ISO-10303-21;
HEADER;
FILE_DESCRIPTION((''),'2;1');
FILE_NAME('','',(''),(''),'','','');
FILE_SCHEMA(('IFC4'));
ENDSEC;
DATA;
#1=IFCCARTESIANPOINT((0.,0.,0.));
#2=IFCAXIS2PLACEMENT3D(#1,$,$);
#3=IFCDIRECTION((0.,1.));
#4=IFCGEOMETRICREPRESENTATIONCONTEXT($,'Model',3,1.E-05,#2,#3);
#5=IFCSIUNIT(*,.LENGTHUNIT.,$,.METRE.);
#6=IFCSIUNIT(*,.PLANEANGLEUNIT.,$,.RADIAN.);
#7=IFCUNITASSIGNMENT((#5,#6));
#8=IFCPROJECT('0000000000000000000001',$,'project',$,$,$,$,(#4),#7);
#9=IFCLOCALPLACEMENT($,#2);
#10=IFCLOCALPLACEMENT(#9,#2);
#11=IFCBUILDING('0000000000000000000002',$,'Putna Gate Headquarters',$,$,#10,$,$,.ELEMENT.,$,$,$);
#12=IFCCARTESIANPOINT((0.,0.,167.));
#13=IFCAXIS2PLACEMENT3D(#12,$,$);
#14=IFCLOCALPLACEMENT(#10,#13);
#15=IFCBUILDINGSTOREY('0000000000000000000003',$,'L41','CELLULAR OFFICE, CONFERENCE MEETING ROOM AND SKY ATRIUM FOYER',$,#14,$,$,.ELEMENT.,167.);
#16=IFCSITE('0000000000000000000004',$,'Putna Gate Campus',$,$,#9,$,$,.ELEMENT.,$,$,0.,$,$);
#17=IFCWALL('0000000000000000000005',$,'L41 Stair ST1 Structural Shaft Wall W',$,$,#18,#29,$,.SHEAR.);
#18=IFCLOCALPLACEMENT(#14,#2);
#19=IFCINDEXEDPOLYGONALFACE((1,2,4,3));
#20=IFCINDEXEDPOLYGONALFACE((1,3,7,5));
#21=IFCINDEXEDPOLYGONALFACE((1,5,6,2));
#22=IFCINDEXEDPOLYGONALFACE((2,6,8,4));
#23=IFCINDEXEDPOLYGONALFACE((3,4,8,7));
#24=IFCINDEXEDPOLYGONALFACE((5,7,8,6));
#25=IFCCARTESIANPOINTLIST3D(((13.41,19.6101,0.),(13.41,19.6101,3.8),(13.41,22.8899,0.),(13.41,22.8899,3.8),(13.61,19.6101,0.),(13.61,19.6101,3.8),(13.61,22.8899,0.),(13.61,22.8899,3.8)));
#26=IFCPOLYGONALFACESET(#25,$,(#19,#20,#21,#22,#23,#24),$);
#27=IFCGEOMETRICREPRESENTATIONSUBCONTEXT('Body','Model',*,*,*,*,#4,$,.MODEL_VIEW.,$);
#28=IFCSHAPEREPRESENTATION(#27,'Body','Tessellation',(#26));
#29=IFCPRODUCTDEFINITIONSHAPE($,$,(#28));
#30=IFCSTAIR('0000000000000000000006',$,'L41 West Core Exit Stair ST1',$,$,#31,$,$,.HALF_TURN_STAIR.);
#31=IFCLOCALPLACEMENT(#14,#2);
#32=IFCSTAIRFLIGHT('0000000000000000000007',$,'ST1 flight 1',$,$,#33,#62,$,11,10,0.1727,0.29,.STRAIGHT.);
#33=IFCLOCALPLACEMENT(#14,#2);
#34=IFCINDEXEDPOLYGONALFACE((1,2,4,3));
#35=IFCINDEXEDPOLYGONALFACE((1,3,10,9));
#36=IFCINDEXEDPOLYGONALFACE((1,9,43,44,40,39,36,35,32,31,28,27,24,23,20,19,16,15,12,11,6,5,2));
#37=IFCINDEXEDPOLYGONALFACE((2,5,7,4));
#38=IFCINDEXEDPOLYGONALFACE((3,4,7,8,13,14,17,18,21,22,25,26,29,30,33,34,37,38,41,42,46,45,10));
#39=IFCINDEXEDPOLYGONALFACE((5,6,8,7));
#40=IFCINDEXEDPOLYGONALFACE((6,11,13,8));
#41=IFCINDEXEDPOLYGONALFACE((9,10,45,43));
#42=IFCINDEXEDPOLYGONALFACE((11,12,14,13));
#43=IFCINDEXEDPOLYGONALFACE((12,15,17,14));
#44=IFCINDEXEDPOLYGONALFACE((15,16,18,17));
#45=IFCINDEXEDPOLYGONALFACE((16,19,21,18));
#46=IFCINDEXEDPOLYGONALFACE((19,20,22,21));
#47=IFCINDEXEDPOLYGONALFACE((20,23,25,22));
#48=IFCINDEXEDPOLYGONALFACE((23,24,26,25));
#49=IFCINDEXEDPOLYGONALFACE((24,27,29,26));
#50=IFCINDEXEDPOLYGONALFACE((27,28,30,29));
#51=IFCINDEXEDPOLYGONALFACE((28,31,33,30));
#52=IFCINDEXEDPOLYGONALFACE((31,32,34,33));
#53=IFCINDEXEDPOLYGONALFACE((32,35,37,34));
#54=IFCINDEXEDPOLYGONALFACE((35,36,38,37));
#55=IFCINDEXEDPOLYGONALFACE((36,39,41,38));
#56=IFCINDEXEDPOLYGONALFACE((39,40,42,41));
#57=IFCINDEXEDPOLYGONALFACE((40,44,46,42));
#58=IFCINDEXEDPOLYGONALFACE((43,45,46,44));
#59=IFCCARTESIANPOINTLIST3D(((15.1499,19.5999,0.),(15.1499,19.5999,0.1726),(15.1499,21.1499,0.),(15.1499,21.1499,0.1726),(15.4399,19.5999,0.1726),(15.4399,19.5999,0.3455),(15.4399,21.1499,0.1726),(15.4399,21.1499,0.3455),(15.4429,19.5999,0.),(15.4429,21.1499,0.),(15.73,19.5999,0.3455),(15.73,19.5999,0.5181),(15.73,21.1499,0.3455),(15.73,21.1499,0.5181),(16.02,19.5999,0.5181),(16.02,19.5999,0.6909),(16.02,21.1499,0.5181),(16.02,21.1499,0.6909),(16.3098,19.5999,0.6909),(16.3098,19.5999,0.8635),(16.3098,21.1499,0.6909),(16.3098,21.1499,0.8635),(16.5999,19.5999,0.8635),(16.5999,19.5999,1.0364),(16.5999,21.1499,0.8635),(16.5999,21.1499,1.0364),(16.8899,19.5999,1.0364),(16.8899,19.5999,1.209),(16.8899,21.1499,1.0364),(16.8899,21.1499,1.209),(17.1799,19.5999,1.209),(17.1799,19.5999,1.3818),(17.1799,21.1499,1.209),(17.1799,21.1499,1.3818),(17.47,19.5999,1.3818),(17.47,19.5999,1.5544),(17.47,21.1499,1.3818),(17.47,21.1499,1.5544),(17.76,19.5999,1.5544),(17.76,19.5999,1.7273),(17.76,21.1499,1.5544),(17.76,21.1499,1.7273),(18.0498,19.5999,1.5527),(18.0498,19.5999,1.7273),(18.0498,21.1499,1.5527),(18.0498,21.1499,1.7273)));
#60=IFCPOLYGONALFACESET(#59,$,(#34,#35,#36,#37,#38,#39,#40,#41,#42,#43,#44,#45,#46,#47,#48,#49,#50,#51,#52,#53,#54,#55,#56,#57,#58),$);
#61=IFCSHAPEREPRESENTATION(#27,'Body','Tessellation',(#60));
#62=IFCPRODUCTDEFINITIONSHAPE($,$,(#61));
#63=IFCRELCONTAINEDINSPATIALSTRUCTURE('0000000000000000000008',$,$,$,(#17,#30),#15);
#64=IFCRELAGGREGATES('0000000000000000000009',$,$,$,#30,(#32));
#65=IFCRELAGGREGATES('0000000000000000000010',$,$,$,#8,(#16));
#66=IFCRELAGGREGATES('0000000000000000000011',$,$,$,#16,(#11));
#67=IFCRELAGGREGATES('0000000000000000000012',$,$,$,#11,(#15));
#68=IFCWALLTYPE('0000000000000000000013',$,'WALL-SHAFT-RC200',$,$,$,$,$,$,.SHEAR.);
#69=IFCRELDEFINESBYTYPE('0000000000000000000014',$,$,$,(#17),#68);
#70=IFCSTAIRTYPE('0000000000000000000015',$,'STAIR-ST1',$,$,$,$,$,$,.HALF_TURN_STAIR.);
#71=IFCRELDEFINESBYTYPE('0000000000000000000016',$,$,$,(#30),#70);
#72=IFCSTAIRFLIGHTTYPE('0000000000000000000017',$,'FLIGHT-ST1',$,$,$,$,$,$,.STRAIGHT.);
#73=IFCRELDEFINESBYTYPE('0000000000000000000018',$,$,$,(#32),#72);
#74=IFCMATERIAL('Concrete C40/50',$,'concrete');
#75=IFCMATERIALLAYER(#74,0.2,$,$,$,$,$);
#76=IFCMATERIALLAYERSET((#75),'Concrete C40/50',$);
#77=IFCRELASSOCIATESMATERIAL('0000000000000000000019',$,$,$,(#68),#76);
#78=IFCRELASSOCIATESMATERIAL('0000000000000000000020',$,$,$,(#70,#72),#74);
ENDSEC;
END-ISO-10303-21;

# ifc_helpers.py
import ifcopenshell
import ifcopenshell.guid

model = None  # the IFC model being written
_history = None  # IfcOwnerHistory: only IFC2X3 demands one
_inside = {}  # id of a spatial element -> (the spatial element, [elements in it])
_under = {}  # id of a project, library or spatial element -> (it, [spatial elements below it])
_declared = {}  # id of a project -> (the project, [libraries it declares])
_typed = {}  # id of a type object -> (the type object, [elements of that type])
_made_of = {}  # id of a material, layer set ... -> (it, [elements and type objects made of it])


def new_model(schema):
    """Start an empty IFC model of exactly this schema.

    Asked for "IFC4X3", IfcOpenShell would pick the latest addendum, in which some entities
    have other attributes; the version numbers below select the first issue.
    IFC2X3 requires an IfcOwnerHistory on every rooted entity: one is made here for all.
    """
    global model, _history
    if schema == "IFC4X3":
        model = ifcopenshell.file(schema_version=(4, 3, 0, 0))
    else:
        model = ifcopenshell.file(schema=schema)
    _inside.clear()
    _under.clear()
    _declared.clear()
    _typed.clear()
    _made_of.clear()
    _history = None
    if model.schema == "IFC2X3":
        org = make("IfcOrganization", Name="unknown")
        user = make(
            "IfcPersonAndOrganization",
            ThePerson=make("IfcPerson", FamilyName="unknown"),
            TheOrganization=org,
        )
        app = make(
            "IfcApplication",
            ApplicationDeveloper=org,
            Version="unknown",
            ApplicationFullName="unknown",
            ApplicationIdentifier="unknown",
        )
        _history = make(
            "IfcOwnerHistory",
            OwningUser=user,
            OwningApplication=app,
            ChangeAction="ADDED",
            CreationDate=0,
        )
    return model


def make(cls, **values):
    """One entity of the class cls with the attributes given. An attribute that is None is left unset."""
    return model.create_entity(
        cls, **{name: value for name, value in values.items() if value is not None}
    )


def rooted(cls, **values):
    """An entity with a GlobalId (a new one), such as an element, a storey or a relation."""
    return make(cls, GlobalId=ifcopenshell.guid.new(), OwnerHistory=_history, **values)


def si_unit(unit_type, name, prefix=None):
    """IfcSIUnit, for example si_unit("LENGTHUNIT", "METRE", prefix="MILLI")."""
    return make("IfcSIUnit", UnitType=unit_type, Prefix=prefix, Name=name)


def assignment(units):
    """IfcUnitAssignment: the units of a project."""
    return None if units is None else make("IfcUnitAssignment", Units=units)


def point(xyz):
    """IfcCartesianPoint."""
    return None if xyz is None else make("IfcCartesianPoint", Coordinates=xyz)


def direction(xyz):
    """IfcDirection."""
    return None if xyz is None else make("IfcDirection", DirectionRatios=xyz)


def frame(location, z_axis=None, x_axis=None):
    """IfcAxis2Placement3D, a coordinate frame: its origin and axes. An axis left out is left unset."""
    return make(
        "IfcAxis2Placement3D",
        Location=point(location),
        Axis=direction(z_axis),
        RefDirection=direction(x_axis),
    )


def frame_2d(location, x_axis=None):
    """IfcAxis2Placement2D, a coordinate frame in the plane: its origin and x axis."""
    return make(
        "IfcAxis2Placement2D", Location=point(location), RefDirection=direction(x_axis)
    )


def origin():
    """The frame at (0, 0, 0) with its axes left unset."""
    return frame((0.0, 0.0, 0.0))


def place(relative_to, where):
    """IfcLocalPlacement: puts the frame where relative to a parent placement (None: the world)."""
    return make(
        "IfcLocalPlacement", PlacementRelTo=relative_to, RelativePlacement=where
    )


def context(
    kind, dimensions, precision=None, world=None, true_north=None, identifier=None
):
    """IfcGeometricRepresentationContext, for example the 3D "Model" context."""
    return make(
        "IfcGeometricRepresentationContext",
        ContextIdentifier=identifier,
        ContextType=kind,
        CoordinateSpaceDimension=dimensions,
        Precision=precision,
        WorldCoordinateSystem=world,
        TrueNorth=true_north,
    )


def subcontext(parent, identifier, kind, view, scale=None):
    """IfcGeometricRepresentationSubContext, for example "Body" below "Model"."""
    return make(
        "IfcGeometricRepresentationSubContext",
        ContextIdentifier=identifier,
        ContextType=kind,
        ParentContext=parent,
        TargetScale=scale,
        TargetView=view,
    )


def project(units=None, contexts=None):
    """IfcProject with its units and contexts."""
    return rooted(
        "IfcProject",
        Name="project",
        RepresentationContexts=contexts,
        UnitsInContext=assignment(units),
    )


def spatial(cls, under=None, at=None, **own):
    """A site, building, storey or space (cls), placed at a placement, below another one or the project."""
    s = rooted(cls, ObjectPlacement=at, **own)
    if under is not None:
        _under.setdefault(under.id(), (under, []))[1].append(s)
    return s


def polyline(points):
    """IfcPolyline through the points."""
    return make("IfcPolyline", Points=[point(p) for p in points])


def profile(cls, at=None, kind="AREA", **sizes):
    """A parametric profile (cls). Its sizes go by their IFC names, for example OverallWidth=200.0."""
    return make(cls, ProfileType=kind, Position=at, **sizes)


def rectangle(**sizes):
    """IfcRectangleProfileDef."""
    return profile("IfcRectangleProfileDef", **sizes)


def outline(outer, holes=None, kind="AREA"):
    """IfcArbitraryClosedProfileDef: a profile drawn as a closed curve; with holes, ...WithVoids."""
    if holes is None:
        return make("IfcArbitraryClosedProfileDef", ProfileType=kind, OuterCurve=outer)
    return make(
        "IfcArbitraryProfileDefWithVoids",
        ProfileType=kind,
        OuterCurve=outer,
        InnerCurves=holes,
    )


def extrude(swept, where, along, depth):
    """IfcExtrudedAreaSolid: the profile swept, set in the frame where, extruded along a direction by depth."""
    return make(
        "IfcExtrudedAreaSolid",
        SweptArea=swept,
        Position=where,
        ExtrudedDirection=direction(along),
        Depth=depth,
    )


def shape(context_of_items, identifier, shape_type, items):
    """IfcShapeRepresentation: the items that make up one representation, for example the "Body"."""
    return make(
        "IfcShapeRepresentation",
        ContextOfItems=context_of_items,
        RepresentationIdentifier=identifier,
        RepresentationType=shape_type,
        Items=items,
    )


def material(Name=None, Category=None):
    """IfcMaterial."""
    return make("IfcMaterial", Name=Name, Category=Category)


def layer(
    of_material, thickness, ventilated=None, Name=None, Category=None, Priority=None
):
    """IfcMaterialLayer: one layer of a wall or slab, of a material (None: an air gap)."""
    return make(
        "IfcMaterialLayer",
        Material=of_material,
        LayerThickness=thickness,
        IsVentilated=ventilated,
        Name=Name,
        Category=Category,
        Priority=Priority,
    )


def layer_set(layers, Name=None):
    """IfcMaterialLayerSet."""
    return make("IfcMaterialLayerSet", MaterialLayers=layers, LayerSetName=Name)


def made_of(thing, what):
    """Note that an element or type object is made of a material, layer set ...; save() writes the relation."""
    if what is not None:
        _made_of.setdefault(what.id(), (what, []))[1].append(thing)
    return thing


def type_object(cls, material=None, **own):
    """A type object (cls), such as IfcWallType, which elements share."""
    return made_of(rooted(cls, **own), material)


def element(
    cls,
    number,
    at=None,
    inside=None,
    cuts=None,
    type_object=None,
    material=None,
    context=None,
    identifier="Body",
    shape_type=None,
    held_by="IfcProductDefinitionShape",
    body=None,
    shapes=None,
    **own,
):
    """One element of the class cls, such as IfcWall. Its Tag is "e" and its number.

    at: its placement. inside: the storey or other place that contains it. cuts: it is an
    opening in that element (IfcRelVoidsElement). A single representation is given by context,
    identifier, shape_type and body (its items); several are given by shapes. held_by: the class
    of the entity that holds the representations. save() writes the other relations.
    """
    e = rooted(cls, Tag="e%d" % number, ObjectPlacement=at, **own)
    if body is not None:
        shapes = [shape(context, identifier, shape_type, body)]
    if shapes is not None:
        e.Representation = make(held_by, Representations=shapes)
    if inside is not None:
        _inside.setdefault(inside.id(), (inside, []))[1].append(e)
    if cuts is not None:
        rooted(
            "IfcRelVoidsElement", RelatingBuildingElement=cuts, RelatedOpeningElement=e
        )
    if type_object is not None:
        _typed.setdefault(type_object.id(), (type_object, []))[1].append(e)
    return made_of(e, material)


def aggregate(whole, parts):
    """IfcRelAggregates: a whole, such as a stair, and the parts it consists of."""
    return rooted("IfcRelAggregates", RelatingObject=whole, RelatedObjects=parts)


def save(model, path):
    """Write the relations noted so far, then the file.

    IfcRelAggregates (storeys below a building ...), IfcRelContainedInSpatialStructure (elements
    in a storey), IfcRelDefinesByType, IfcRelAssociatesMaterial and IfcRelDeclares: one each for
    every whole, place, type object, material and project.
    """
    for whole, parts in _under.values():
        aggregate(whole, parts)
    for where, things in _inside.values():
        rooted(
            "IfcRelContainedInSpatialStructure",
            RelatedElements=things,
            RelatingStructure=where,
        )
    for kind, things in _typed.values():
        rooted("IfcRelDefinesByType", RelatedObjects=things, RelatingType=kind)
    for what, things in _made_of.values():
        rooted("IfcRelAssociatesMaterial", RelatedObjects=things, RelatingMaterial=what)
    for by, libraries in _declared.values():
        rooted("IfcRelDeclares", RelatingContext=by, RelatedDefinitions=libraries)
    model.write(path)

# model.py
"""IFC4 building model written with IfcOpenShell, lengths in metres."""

from ifc_helpers import new_model, si_unit, direction, frame, frame_2d, origin, place, context, subcontext, project, spatial, polyline, rectangle, outline, extrude, material, layer, layer_set, type_object, element, aggregate, save


model = new_model("IFC4")

# Units and contexts
model_context = context("Model", 3, precision=1e-05, world=origin(), true_north=direction((0.0, 1.0)))
body_context = subcontext(model_context, "Body", "Model", "MODEL_VIEW")
ifc_project = project(units=[si_unit("LENGTHUNIT", "METRE"), si_unit("PLANEANGLEUNIT", "RADIAN")], contexts=[model_context])

# Site, building, storey
site_placement = place(None, origin())
site = spatial("IfcSite", under=ifc_project, at=site_placement, Name="Putna Gate Campus", CompositionType="ELEMENT", RefElevation=0.0)
building_placement = place(site_placement, origin())
building = spatial("IfcBuilding", under=site, at=building_placement, Name="Putna Gate Headquarters", CompositionType="ELEMENT")
storey_placement = place(building_placement, frame((0.0, 0.0, 167.0)))
storey = spatial("IfcBuildingStorey", under=building, at=storey_placement, Name="L41", Description="CELLULAR OFFICE, CONFERENCE MEETING ROOM AND SKY ATRIUM FOYER", CompositionType="ELEMENT", Elevation=167.0)

# Wall
ifc_material_1 = material(Name="Concrete C40/50", Category="concrete")
ifc_layer_1 = layer(ifc_material_1, 0.2)
ifc_layer_set_1 = layer_set([ifc_layer_1], Name="Concrete C40/50")
wall_type_1 = type_object("IfcWallType", Name="WALL-SHAFT-RC200", PredefinedType="SHEAR", material=ifc_layer_set_1)
wall_1_placement = place(storey_placement, frame((13.51, 19.6101, 0.0), z_axis=(0.0, 0.0, 1.0), x_axis=(0.0, 1.0, 0.0)))
element("IfcWall", 1, at=wall_1_placement, inside=storey, type_object=wall_type_1, Name="L41 Stair ST1 Structural Shaft Wall W", PredefinedType="SHEAR", context=body_context, shape_type="SweptSolid", body=[
    extrude(rectangle(XDim=3.2798, YDim=0.2, at=frame_2d((1.6399, 0.0))), origin(), (0.0, 0.0, 1.0), 3.8),
])

# Stair, stair flight
stair_type = type_object("IfcStairType", Name="STAIR-ST1", PredefinedType="HALF_TURN_STAIR", material=ifc_material_1)
stair_placement = place(storey_placement, origin())
stair = element("IfcStair", 2, at=stair_placement, inside=storey, type_object=stair_type, Name="L41 West Core Exit Stair ST1", PredefinedType="HALF_TURN_STAIR")
stair_flight_type = type_object("IfcStairFlightType", Name="FLIGHT-ST1", PredefinedType="STRAIGHT", material=ifc_material_1)
stair_flight_placement = place(storey_placement, frame((15.1499, 20.375, 0.0), z_axis=(0.0, 0.0, 1.0), x_axis=(1.0, 0.0, 0.0)))
stair_flight = element("IfcStairFlight", 3, at=stair_flight_placement, type_object=stair_flight_type, Name="ST1 flight 1", NumberOfRisers=11, NumberOfTreads=10, PredefinedType="STRAIGHT", RiserHeight=0.1727, TreadLength=0.29, context=body_context, shape_type="SweptSolid", body=[
    extrude(outline(polyline([(0.0, 0.0), (0.0, 0.1726), (0.29, 0.1726), (0.29, 0.3455), (0.5801, 0.3455), (0.5801, 0.5181), (0.8701, 0.5181), (0.8701, 0.6909), (1.1599, 0.6909), (1.1599, 0.8635), (1.45, 0.8635), (1.45, 1.0364), (1.74, 1.0364), (1.74, 1.209), (2.03, 1.209), (2.03, 1.3818), (2.3201, 1.3818), (2.3201, 1.5544), (2.6101, 1.5544), (2.6101, 1.7273), (2.8999, 1.7273), (2.8999, 1.8999), (2.8999, 1.5527), (0.293, 0.0), (0.0, 0.0)])), frame((0.0, 0.7749, 0.0), z_axis=(0.0, -1.0, 0.0), x_axis=(1.0, 0.0, 0.0)), (0.0, 0.0, 1.0), 1.55),
])
aggregate(stair, [stair_flight])

save(model, "model.ifc")
